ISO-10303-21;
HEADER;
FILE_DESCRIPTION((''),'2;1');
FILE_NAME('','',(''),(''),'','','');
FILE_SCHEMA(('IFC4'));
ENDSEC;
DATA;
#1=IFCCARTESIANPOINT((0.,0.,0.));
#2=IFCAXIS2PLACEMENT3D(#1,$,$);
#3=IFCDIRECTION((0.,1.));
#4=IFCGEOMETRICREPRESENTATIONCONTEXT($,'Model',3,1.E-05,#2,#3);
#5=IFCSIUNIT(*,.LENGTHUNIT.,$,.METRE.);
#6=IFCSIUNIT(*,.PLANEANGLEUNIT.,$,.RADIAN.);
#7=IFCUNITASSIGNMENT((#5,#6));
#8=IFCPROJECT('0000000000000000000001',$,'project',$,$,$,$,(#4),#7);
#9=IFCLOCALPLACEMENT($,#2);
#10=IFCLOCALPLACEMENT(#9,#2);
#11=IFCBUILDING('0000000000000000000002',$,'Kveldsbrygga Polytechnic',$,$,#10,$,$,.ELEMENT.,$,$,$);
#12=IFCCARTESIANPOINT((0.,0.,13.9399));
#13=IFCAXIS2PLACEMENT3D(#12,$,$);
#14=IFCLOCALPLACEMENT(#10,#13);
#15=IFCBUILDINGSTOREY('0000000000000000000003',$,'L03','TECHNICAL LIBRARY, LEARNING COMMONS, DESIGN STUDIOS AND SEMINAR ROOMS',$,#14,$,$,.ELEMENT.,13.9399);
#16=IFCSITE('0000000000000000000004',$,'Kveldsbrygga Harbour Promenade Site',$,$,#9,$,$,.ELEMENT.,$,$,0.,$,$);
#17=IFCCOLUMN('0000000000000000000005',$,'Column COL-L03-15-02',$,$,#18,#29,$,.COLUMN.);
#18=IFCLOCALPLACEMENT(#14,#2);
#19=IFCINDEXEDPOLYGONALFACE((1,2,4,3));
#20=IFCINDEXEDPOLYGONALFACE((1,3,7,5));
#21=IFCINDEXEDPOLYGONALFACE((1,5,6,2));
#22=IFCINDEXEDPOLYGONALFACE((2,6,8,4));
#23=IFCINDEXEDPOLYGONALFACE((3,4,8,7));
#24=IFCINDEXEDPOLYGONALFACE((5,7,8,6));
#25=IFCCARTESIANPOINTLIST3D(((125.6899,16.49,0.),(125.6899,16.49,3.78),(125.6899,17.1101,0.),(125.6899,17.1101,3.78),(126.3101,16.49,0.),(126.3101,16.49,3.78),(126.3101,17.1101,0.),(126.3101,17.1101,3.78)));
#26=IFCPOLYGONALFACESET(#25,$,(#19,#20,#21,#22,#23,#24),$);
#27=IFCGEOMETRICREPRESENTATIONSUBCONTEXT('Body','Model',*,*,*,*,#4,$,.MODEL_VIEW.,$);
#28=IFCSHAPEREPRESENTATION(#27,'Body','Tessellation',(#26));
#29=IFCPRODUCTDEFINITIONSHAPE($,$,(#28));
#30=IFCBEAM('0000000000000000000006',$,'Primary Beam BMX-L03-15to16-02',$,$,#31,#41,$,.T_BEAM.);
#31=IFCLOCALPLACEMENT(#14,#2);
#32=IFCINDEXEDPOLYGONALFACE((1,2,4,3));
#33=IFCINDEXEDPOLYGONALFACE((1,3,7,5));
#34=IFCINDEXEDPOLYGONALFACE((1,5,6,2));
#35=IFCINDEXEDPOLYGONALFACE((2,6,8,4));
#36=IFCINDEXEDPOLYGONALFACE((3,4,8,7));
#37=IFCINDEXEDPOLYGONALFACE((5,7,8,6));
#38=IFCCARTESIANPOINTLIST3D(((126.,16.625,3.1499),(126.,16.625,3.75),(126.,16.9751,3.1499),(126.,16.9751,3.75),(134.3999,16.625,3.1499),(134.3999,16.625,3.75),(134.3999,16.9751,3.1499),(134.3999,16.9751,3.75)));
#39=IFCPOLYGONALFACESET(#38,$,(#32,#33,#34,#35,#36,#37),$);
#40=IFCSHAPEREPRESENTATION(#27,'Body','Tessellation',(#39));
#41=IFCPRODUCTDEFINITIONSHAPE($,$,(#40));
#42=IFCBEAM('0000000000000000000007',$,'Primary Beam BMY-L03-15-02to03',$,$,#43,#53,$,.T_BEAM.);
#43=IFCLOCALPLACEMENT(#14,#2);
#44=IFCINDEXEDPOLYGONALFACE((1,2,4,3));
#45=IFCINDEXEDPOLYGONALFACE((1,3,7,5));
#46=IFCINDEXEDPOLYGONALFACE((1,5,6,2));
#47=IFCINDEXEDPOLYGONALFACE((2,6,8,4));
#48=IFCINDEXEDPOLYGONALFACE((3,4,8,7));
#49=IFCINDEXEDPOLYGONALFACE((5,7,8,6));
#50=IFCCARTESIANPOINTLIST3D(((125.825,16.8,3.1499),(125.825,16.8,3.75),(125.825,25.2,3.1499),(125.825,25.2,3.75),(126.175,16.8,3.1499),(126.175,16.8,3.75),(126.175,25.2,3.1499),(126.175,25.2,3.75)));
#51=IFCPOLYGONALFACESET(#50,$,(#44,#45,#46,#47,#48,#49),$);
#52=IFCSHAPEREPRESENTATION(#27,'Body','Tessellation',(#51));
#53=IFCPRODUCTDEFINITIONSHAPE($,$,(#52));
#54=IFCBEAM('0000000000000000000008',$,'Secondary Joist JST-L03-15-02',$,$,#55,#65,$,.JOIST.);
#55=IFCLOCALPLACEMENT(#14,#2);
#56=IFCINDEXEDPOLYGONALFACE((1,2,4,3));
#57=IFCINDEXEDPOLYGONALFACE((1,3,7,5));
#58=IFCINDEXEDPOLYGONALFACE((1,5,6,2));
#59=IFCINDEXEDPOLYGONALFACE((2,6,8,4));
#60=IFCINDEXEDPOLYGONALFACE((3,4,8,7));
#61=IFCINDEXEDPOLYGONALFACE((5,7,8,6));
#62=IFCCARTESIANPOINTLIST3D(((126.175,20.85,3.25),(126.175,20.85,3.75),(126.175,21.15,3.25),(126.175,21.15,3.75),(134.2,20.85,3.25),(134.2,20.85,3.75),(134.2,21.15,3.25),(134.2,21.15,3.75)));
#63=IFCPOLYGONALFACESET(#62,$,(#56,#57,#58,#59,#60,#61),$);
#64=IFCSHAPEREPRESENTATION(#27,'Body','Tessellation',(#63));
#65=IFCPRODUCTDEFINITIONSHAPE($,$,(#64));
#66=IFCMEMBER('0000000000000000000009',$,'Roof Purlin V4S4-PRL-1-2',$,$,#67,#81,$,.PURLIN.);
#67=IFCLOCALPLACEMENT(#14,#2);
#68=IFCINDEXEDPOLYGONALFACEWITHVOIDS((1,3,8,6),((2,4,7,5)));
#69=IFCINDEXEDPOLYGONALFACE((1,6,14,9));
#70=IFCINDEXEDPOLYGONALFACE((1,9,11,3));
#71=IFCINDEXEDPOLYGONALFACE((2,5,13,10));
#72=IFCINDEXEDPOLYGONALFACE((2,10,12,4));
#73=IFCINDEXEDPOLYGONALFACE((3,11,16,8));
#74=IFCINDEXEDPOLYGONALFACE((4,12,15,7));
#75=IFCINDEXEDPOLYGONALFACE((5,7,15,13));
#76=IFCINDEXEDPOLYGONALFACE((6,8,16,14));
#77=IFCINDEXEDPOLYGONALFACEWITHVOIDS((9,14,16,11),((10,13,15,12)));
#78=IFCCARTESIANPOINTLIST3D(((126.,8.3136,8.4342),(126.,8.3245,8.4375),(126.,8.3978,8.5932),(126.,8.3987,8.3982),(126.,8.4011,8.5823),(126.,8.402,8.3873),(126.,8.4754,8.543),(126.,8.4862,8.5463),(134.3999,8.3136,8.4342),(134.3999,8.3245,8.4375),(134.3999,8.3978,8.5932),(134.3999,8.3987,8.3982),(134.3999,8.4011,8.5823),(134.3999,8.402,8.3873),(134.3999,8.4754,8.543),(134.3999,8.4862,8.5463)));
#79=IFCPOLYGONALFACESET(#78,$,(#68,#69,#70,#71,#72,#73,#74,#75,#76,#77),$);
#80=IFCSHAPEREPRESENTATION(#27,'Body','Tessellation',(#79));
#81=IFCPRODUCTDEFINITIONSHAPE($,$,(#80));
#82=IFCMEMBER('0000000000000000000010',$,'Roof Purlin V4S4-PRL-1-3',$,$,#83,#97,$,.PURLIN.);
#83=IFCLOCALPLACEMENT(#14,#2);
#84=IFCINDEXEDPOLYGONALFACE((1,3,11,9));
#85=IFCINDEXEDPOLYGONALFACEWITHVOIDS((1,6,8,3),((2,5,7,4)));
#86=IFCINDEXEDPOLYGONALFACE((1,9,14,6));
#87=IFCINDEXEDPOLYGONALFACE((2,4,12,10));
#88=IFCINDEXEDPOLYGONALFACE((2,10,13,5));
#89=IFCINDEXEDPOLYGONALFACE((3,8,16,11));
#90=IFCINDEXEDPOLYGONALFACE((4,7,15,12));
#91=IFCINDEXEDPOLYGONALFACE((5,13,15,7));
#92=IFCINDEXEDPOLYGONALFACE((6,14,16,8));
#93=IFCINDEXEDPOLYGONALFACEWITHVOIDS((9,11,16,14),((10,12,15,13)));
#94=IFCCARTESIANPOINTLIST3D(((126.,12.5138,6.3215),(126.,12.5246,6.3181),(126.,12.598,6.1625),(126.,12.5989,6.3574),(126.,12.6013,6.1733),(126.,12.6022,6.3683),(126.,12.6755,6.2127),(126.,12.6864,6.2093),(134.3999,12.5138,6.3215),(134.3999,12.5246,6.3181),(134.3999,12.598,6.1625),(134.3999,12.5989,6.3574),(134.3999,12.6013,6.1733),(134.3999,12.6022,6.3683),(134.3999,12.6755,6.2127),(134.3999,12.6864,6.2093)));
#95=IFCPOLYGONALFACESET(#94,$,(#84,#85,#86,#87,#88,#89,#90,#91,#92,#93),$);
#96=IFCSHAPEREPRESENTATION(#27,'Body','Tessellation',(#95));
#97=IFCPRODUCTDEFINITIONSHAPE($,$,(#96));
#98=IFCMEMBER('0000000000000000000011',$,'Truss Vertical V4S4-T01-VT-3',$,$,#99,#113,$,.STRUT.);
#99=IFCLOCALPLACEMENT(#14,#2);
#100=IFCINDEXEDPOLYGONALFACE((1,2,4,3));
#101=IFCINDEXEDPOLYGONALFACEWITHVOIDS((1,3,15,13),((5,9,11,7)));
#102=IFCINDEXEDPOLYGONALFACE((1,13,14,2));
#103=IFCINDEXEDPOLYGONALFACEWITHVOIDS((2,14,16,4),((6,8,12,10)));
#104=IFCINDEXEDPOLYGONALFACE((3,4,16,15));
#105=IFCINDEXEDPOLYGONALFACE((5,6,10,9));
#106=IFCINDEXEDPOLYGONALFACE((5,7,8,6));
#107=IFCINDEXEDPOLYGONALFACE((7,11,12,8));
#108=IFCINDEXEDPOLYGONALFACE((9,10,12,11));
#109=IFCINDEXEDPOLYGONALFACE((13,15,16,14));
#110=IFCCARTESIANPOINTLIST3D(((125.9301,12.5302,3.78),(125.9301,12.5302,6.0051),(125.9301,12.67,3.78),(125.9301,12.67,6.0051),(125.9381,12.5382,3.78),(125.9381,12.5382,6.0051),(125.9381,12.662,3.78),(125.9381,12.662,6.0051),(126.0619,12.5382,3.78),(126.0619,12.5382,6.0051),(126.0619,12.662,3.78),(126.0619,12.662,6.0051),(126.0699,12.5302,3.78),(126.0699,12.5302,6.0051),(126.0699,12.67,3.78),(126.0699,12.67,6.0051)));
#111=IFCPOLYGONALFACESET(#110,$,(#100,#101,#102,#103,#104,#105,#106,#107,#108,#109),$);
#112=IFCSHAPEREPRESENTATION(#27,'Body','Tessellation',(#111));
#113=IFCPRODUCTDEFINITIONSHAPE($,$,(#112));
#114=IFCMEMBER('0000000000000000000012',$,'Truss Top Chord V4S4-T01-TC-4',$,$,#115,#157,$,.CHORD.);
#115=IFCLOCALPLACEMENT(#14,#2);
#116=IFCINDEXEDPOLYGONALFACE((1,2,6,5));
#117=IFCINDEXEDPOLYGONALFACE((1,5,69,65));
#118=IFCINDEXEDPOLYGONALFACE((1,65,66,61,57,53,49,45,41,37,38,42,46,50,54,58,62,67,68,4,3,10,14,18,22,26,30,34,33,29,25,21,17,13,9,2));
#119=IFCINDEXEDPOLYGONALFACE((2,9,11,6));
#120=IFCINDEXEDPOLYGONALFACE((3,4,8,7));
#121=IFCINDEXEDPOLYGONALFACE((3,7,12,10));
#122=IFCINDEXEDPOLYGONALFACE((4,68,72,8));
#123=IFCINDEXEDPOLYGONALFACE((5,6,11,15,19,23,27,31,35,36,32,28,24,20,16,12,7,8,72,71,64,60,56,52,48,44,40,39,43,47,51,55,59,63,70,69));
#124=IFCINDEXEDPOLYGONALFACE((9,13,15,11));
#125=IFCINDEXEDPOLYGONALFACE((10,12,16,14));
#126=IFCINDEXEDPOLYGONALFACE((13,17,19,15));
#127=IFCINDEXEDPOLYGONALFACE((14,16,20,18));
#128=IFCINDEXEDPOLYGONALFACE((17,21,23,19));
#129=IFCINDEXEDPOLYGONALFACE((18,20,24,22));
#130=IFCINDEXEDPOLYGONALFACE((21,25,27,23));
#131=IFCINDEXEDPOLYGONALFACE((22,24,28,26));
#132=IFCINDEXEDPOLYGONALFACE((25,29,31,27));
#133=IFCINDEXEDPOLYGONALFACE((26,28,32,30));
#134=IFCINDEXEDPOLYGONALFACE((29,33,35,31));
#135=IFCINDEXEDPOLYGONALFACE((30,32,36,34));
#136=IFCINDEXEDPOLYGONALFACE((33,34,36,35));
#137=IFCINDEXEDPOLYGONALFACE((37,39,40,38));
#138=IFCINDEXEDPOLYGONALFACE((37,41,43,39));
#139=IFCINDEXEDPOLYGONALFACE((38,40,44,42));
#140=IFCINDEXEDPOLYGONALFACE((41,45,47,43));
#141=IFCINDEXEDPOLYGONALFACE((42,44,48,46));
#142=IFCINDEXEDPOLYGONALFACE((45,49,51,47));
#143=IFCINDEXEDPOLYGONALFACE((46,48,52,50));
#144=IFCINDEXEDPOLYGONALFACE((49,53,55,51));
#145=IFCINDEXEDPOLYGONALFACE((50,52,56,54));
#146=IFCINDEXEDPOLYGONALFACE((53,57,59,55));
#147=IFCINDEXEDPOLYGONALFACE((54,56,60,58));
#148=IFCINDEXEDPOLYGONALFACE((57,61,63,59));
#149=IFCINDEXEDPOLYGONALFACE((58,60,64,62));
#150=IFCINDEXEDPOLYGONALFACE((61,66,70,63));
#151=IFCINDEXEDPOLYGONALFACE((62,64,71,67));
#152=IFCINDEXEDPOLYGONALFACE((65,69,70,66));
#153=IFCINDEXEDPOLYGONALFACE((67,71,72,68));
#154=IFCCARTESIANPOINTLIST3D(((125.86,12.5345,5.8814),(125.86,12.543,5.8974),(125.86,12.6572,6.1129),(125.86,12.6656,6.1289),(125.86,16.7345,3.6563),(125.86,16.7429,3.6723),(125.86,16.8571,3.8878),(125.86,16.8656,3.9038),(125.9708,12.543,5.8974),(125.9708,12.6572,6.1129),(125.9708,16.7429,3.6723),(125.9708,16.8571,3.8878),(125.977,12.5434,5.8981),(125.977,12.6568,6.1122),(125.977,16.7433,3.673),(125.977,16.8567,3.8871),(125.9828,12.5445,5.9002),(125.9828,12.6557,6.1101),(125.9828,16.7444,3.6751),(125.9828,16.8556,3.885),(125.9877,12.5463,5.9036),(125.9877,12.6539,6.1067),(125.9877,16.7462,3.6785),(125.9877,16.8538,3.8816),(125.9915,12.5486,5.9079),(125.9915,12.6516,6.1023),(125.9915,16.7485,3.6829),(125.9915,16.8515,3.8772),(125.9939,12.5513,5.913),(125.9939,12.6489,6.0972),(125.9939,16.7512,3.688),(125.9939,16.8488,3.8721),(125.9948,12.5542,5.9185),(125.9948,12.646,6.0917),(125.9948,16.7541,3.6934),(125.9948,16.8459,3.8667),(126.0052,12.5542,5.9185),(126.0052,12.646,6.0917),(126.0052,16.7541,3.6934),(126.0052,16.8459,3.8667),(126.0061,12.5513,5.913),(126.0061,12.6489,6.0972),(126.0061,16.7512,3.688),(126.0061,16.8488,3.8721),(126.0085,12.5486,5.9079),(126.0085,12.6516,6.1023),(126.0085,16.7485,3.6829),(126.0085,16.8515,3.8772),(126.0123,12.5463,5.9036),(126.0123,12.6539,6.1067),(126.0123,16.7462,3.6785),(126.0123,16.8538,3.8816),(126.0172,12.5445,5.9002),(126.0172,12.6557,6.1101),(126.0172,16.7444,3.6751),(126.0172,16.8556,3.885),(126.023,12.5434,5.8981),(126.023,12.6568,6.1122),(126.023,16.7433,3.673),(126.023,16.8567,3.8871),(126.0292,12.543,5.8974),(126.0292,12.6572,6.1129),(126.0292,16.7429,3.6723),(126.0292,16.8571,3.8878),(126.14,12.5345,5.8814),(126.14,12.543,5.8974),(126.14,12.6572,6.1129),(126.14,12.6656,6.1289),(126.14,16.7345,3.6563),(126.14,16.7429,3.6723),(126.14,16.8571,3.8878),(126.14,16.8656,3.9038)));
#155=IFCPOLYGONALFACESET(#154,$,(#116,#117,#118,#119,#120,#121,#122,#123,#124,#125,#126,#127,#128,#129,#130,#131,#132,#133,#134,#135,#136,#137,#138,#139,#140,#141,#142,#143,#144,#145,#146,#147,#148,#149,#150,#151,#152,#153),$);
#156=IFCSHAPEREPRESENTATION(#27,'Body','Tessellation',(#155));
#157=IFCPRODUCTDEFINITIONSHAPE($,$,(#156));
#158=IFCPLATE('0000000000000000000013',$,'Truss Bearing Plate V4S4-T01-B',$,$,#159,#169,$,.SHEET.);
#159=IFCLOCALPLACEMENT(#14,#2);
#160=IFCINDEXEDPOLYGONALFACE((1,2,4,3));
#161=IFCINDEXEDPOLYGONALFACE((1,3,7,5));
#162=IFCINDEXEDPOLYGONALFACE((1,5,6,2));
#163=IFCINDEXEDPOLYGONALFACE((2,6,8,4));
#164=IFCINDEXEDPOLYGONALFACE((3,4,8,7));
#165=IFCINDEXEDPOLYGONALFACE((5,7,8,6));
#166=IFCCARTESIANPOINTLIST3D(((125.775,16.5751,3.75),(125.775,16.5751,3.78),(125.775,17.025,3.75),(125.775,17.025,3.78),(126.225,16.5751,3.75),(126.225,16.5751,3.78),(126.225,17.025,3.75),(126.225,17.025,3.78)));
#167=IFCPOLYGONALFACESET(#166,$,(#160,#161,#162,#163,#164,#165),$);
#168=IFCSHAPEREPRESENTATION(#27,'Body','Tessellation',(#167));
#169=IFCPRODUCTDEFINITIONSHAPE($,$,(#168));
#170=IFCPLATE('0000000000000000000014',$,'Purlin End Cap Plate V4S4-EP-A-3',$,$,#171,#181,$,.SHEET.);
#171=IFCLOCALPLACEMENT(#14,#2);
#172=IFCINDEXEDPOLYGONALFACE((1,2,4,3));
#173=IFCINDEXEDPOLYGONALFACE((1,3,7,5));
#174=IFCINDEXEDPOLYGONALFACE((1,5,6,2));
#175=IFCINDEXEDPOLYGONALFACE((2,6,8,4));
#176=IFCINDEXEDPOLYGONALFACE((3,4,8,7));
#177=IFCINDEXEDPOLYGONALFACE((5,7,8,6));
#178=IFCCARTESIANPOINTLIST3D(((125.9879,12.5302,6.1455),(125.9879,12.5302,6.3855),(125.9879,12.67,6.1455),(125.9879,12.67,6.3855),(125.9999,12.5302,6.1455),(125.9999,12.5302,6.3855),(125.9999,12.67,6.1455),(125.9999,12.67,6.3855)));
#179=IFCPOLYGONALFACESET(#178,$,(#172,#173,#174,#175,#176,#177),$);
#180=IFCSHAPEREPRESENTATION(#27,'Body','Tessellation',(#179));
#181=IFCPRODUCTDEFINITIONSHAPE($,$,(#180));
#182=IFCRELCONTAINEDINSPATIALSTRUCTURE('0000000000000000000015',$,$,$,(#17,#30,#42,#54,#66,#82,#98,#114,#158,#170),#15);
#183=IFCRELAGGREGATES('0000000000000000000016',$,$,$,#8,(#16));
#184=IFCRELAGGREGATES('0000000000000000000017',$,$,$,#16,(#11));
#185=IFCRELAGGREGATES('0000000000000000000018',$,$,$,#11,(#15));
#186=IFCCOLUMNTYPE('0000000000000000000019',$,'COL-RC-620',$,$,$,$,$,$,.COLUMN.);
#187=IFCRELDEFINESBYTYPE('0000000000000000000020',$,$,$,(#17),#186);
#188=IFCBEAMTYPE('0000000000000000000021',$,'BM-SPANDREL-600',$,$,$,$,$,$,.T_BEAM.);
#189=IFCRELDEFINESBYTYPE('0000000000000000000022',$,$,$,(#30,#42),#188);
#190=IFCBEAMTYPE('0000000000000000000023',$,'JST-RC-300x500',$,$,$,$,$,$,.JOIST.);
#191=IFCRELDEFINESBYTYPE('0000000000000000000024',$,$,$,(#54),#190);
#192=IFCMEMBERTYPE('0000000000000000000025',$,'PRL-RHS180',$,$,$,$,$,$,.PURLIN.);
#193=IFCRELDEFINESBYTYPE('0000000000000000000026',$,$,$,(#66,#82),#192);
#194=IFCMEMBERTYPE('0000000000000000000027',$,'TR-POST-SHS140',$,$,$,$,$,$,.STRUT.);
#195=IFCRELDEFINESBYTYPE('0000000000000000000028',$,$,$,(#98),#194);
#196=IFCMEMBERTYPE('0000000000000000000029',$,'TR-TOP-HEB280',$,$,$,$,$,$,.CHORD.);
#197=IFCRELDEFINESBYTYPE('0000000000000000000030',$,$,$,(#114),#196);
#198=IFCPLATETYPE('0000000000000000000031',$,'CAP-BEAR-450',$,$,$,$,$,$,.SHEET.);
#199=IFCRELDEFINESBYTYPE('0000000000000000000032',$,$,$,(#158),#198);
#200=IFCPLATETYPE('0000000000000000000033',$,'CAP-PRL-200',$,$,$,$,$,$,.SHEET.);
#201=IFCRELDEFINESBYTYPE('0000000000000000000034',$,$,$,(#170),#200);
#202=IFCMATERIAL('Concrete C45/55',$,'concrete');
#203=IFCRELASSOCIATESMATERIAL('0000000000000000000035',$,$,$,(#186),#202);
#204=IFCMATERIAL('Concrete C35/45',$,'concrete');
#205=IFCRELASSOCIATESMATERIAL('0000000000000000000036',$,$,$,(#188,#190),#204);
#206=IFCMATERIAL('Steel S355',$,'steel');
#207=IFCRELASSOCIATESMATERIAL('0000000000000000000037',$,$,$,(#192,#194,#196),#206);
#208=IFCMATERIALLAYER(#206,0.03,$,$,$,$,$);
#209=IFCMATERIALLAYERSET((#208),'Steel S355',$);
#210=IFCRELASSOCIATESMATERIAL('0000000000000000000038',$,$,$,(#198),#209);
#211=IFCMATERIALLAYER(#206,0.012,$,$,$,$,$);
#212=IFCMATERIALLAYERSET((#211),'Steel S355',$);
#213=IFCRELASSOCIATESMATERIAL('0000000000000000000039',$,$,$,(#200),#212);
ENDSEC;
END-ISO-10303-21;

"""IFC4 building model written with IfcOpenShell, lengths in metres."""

from ifc_helpers import new_model, si_unit, direction, frame, origin, origin_2d, place, context, subcontext, project, spatial, rectangle, hollow_rectangle, i_section, extrude, material, layer, layer_set, material_profile, profile_set, type_object, element, save


model = new_model("IFC4")

# Units and contexts
model_context = context("Model", 3, precision=1e-05, world=origin(), true_north=direction((0.0, 1.0)))
body_context = subcontext(model_context, "Body", "Model", "MODEL_VIEW")
ifc_project = project(units=[si_unit("LENGTHUNIT", "METRE"), si_unit("PLANEANGLEUNIT", "RADIAN")], contexts=[model_context])

# Site, building, storey
site_placement = place(None, origin())
site = spatial("IfcSite", under=ifc_project, at=site_placement, Name="Kveldsbrygga Harbour Promenade Site", CompositionType="ELEMENT", RefElevation=0.0)
building_placement = place(site_placement, origin())
building = spatial("IfcBuilding", under=site, at=building_placement, Name="Kveldsbrygga Polytechnic", CompositionType="ELEMENT")
storey_placement = place(building_placement, frame((0.0, 0.0, 13.9399)))
storey = spatial("IfcBuildingStorey", under=building, at=storey_placement, Name="L03", Description="TECHNICAL LIBRARY, LEARNING COMMONS, DESIGN STUDIOS AND SEMINAR ROOMS", CompositionType="ELEMENT", Elevation=13.9399)

# Column
ifc_material_1 = material(Name="Concrete C45/55", Category="concrete")
ifc_material_profile_1 = material_profile(ifc_material_1, rectangle(XDim=0.6201, YDim=0.6201, at=origin_2d()), Name="RC 620x620")
ifc_profile_set_1 = profile_set([ifc_material_profile_1], Name="Concrete C45/55")
column_type = type_object("IfcColumnType", Name="COL-RC-620", PredefinedType="COLUMN", material=ifc_profile_set_1)
column_placement = place(storey_placement, frame((126.0, 16.8, 0.0), z_axis=(0.0, 0.0, 1.0), x_axis=(1.0, 0.0, 0.0)))
element("IfcColumn", 1, at=column_placement, inside=storey, type_object=column_type, Name="Column COL-L03-15-02", PredefinedType="COLUMN", context=body_context, shape_type="SweptSolid", body=[
    extrude(rectangle(XDim=0.6201, YDim=0.6201, at=origin_2d()), origin(), (0.0, 0.0, 1.0), 3.78),
])

# Beams
ifc_material_2 = material(Name="Concrete C35/45", Category="concrete")
ifc_material_profile_2 = material_profile(ifc_material_2, rectangle(XDim=0.3501, YDim=0.6001, at=origin_2d()), Name="RC 350x600")
ifc_profile_set_2 = profile_set([ifc_material_profile_2], Name="Concrete C35/45")
beam_type_1 = type_object("IfcBeamType", Name="BM-SPANDREL-600", PredefinedType="T_BEAM", material=ifc_profile_set_2)
for number, where, z_axis, x_axis, name in (
    (2, (126.0, 16.8, 3.45), (1.0, 0.0, 0.0), (0.0, 1.0, 0.0), "Primary Beam BMX-L03-15to16-02"),
    (3, (126.0, 16.8, 3.45), (0.0, 1.0, 0.0), (-1.0, 0.0, 0.0), "Primary Beam BMY-L03-15-02to03"),
):
    element("IfcBeam", number, at=place(storey_placement, frame(where, z_axis=z_axis, x_axis=x_axis)), inside=storey, type_object=beam_type_1, Name=name, PredefinedType="T_BEAM", context=body_context, shape_type="SweptSolid", body=[
        extrude(rectangle(XDim=0.3501, YDim=0.6001, at=origin_2d()), origin(), (0.0, 0.0, 1.0), 8.3999),
    ])
ifc_material_profile_3 = material_profile(ifc_material_2, rectangle(XDim=0.3, YDim=0.5, at=origin_2d()), Name="RC 300x500")
ifc_profile_set_3 = profile_set([ifc_material_profile_3], Name="Concrete C35/45")
beam_type_2 = type_object("IfcBeamType", Name="JST-RC-300x500", PredefinedType="JOIST", material=ifc_profile_set_3)
beam_placement = place(storey_placement, frame((126.175, 21.0, 3.5), z_axis=(1.0, 0.0, 0.0), x_axis=(0.0, 1.0, 0.0)))
element("IfcBeam", 4, at=beam_placement, inside=storey, type_object=beam_type_2, Name="Secondary Joist JST-L03-15-02", PredefinedType="JOIST", context=body_context, shape_type="SweptSolid", body=[
    extrude(rectangle(XDim=0.3, YDim=0.5, at=origin_2d()), origin(), (0.0, 0.0, 1.0), 8.0249),
])

# Members
ifc_material_3 = material(Name="Steel S355", Category="steel")
ifc_material_profile_4 = material_profile(ifc_material_3, hollow_rectangle(XDim=0.1001, YDim=0.1799, WallThickness=0.0081, at=origin_2d()), Name="RHS 180x100x8.0")
ifc_profile_set_4 = profile_set([ifc_material_profile_4], Name="Steel S355")
member_type_1 = type_object("IfcMemberType", Name="PRL-RHS180", PredefinedType="PURLIN", material=ifc_profile_set_4)
for number, where, z_axis, x_axis, name in (
    (5, (126.0, 8.3999, 8.4902), (1.0, 0.0, 0.0), (0.0, 0.88366, -0.468129), "Roof Purlin V4S4-PRL-1-2"),
    (6, (126.0, 12.6001, 6.2654), (1.0, 0.0, 0.0), (0.0, 0.88366, 0.468129), "Roof Purlin V4S4-PRL-1-3"),
):
    element("IfcMember", number, at=place(storey_placement, frame(where, z_axis=z_axis, x_axis=x_axis)), inside=storey, type_object=member_type_1, Name=name, PredefinedType="PURLIN", context=body_context, shape_type="SweptSolid", body=[
        extrude(hollow_rectangle(XDim=0.1001, YDim=0.1799, WallThickness=0.0081, at=origin_2d()), origin(), (0.0, 0.0, 1.0), 8.3999),
    ])
ifc_material_profile_5 = material_profile(ifc_material_3, hollow_rectangle(XDim=0.1399, YDim=0.1399, WallThickness=0.0081, at=origin_2d()), Name="SHS 140x140x8.0")
ifc_profile_set_5 = profile_set([ifc_material_profile_5], Name="Steel S355")
member_type_2 = type_object("IfcMemberType", Name="TR-POST-SHS140", PredefinedType="STRUT", material=ifc_profile_set_5)
member_1_placement = place(storey_placement, frame((126.0, 12.6001, 3.78), z_axis=(0.0, 0.0, 1.0), x_axis=(1.0, 0.0, 0.0)))
element("IfcMember", 7, at=member_1_placement, inside=storey, type_object=member_type_2, Name="Truss Vertical V4S4-T01-VT-3", PredefinedType="STRUT", context=body_context, shape_type="SweptSolid", body=[
    extrude(hollow_rectangle(XDim=0.1399, YDim=0.1399, WallThickness=0.0081, at=origin_2d()), origin(), (0.0, 0.0, 1.0), 2.2251),
])
ifc_material_profile_6 = material_profile(ifc_material_3, i_section(OverallWidth=0.28, OverallDepth=0.28, WebThickness=0.0105, FlangeThickness=0.0181, FilletRadius=0.0239, at=origin_2d()), Name="HEB 280")
ifc_profile_set_6 = profile_set([ifc_material_profile_6], Name="Steel S355")
member_type_3 = type_object("IfcMemberType", Name="TR-TOP-HEB280", PredefinedType="CHORD", material=ifc_profile_set_6)
member_2_placement = place(storey_placement, frame((126.0, 12.6001, 6.0051), z_axis=(0.0, 0.883649, -0.46815), x_axis=(-1.0, 0.0, 0.0)))
element("IfcMember", 8, at=member_2_placement, inside=storey, type_object=member_type_3, Name="Truss Top Chord V4S4-T01-TC-4", PredefinedType="CHORD", context=body_context, shape_type="SweptSolid", body=[
    extrude(i_section(OverallWidth=0.28, OverallDepth=0.28, WebThickness=0.0105, FlangeThickness=0.0181, FilletRadius=0.0239, at=origin_2d()), origin(), (0.0, 0.0, 1.0), 4.7529),
])

# Plates
ifc_layer_1 = layer(ifc_material_3, 0.03)
ifc_layer_set_1 = layer_set([ifc_layer_1], Name="Steel S355")
plate_type_1 = type_object("IfcPlateType", Name="CAP-BEAR-450", PredefinedType="SHEET", material=ifc_layer_set_1)
plate_1_placement = place(storey_placement, frame((126.0, 16.8, 3.75), z_axis=(0.0, 0.0, 1.0), x_axis=(1.0, 0.0, 0.0)))
element("IfcPlate", 9, at=plate_1_placement, inside=storey, type_object=plate_type_1, Name="Truss Bearing Plate V4S4-T01-B", PredefinedType="SHEET", context=body_context, shape_type="SweptSolid", body=[
    extrude(rectangle(XDim=0.45, YDim=0.45, at=origin_2d()), origin(), (0.0, 0.0, 1.0), 0.03),
])
ifc_layer_2 = layer(ifc_material_3, 0.012)
ifc_layer_set_2 = layer_set([ifc_layer_2], Name="Steel S355")
plate_type_2 = type_object("IfcPlateType", Name="CAP-PRL-200", PredefinedType="SHEET", material=ifc_layer_set_2)
plate_2_placement = place(storey_placement, frame((125.9939, 12.6001, 6.1455), z_axis=(0.0, 0.0, 1.0), x_axis=(1.0, 0.0, 0.0)))
element("IfcPlate", 10, at=plate_2_placement, inside=storey, type_object=plate_type_2, Name="Purlin End Cap Plate V4S4-EP-A-3", PredefinedType="SHEET", context=body_context, shape_type="SweptSolid", body=[
    extrude(rectangle(XDim=0.012, YDim=0.1399, at=origin_2d()), origin(), (0.0, 0.0, 1.0), 0.24),
])

save(model, "model.ifc")
